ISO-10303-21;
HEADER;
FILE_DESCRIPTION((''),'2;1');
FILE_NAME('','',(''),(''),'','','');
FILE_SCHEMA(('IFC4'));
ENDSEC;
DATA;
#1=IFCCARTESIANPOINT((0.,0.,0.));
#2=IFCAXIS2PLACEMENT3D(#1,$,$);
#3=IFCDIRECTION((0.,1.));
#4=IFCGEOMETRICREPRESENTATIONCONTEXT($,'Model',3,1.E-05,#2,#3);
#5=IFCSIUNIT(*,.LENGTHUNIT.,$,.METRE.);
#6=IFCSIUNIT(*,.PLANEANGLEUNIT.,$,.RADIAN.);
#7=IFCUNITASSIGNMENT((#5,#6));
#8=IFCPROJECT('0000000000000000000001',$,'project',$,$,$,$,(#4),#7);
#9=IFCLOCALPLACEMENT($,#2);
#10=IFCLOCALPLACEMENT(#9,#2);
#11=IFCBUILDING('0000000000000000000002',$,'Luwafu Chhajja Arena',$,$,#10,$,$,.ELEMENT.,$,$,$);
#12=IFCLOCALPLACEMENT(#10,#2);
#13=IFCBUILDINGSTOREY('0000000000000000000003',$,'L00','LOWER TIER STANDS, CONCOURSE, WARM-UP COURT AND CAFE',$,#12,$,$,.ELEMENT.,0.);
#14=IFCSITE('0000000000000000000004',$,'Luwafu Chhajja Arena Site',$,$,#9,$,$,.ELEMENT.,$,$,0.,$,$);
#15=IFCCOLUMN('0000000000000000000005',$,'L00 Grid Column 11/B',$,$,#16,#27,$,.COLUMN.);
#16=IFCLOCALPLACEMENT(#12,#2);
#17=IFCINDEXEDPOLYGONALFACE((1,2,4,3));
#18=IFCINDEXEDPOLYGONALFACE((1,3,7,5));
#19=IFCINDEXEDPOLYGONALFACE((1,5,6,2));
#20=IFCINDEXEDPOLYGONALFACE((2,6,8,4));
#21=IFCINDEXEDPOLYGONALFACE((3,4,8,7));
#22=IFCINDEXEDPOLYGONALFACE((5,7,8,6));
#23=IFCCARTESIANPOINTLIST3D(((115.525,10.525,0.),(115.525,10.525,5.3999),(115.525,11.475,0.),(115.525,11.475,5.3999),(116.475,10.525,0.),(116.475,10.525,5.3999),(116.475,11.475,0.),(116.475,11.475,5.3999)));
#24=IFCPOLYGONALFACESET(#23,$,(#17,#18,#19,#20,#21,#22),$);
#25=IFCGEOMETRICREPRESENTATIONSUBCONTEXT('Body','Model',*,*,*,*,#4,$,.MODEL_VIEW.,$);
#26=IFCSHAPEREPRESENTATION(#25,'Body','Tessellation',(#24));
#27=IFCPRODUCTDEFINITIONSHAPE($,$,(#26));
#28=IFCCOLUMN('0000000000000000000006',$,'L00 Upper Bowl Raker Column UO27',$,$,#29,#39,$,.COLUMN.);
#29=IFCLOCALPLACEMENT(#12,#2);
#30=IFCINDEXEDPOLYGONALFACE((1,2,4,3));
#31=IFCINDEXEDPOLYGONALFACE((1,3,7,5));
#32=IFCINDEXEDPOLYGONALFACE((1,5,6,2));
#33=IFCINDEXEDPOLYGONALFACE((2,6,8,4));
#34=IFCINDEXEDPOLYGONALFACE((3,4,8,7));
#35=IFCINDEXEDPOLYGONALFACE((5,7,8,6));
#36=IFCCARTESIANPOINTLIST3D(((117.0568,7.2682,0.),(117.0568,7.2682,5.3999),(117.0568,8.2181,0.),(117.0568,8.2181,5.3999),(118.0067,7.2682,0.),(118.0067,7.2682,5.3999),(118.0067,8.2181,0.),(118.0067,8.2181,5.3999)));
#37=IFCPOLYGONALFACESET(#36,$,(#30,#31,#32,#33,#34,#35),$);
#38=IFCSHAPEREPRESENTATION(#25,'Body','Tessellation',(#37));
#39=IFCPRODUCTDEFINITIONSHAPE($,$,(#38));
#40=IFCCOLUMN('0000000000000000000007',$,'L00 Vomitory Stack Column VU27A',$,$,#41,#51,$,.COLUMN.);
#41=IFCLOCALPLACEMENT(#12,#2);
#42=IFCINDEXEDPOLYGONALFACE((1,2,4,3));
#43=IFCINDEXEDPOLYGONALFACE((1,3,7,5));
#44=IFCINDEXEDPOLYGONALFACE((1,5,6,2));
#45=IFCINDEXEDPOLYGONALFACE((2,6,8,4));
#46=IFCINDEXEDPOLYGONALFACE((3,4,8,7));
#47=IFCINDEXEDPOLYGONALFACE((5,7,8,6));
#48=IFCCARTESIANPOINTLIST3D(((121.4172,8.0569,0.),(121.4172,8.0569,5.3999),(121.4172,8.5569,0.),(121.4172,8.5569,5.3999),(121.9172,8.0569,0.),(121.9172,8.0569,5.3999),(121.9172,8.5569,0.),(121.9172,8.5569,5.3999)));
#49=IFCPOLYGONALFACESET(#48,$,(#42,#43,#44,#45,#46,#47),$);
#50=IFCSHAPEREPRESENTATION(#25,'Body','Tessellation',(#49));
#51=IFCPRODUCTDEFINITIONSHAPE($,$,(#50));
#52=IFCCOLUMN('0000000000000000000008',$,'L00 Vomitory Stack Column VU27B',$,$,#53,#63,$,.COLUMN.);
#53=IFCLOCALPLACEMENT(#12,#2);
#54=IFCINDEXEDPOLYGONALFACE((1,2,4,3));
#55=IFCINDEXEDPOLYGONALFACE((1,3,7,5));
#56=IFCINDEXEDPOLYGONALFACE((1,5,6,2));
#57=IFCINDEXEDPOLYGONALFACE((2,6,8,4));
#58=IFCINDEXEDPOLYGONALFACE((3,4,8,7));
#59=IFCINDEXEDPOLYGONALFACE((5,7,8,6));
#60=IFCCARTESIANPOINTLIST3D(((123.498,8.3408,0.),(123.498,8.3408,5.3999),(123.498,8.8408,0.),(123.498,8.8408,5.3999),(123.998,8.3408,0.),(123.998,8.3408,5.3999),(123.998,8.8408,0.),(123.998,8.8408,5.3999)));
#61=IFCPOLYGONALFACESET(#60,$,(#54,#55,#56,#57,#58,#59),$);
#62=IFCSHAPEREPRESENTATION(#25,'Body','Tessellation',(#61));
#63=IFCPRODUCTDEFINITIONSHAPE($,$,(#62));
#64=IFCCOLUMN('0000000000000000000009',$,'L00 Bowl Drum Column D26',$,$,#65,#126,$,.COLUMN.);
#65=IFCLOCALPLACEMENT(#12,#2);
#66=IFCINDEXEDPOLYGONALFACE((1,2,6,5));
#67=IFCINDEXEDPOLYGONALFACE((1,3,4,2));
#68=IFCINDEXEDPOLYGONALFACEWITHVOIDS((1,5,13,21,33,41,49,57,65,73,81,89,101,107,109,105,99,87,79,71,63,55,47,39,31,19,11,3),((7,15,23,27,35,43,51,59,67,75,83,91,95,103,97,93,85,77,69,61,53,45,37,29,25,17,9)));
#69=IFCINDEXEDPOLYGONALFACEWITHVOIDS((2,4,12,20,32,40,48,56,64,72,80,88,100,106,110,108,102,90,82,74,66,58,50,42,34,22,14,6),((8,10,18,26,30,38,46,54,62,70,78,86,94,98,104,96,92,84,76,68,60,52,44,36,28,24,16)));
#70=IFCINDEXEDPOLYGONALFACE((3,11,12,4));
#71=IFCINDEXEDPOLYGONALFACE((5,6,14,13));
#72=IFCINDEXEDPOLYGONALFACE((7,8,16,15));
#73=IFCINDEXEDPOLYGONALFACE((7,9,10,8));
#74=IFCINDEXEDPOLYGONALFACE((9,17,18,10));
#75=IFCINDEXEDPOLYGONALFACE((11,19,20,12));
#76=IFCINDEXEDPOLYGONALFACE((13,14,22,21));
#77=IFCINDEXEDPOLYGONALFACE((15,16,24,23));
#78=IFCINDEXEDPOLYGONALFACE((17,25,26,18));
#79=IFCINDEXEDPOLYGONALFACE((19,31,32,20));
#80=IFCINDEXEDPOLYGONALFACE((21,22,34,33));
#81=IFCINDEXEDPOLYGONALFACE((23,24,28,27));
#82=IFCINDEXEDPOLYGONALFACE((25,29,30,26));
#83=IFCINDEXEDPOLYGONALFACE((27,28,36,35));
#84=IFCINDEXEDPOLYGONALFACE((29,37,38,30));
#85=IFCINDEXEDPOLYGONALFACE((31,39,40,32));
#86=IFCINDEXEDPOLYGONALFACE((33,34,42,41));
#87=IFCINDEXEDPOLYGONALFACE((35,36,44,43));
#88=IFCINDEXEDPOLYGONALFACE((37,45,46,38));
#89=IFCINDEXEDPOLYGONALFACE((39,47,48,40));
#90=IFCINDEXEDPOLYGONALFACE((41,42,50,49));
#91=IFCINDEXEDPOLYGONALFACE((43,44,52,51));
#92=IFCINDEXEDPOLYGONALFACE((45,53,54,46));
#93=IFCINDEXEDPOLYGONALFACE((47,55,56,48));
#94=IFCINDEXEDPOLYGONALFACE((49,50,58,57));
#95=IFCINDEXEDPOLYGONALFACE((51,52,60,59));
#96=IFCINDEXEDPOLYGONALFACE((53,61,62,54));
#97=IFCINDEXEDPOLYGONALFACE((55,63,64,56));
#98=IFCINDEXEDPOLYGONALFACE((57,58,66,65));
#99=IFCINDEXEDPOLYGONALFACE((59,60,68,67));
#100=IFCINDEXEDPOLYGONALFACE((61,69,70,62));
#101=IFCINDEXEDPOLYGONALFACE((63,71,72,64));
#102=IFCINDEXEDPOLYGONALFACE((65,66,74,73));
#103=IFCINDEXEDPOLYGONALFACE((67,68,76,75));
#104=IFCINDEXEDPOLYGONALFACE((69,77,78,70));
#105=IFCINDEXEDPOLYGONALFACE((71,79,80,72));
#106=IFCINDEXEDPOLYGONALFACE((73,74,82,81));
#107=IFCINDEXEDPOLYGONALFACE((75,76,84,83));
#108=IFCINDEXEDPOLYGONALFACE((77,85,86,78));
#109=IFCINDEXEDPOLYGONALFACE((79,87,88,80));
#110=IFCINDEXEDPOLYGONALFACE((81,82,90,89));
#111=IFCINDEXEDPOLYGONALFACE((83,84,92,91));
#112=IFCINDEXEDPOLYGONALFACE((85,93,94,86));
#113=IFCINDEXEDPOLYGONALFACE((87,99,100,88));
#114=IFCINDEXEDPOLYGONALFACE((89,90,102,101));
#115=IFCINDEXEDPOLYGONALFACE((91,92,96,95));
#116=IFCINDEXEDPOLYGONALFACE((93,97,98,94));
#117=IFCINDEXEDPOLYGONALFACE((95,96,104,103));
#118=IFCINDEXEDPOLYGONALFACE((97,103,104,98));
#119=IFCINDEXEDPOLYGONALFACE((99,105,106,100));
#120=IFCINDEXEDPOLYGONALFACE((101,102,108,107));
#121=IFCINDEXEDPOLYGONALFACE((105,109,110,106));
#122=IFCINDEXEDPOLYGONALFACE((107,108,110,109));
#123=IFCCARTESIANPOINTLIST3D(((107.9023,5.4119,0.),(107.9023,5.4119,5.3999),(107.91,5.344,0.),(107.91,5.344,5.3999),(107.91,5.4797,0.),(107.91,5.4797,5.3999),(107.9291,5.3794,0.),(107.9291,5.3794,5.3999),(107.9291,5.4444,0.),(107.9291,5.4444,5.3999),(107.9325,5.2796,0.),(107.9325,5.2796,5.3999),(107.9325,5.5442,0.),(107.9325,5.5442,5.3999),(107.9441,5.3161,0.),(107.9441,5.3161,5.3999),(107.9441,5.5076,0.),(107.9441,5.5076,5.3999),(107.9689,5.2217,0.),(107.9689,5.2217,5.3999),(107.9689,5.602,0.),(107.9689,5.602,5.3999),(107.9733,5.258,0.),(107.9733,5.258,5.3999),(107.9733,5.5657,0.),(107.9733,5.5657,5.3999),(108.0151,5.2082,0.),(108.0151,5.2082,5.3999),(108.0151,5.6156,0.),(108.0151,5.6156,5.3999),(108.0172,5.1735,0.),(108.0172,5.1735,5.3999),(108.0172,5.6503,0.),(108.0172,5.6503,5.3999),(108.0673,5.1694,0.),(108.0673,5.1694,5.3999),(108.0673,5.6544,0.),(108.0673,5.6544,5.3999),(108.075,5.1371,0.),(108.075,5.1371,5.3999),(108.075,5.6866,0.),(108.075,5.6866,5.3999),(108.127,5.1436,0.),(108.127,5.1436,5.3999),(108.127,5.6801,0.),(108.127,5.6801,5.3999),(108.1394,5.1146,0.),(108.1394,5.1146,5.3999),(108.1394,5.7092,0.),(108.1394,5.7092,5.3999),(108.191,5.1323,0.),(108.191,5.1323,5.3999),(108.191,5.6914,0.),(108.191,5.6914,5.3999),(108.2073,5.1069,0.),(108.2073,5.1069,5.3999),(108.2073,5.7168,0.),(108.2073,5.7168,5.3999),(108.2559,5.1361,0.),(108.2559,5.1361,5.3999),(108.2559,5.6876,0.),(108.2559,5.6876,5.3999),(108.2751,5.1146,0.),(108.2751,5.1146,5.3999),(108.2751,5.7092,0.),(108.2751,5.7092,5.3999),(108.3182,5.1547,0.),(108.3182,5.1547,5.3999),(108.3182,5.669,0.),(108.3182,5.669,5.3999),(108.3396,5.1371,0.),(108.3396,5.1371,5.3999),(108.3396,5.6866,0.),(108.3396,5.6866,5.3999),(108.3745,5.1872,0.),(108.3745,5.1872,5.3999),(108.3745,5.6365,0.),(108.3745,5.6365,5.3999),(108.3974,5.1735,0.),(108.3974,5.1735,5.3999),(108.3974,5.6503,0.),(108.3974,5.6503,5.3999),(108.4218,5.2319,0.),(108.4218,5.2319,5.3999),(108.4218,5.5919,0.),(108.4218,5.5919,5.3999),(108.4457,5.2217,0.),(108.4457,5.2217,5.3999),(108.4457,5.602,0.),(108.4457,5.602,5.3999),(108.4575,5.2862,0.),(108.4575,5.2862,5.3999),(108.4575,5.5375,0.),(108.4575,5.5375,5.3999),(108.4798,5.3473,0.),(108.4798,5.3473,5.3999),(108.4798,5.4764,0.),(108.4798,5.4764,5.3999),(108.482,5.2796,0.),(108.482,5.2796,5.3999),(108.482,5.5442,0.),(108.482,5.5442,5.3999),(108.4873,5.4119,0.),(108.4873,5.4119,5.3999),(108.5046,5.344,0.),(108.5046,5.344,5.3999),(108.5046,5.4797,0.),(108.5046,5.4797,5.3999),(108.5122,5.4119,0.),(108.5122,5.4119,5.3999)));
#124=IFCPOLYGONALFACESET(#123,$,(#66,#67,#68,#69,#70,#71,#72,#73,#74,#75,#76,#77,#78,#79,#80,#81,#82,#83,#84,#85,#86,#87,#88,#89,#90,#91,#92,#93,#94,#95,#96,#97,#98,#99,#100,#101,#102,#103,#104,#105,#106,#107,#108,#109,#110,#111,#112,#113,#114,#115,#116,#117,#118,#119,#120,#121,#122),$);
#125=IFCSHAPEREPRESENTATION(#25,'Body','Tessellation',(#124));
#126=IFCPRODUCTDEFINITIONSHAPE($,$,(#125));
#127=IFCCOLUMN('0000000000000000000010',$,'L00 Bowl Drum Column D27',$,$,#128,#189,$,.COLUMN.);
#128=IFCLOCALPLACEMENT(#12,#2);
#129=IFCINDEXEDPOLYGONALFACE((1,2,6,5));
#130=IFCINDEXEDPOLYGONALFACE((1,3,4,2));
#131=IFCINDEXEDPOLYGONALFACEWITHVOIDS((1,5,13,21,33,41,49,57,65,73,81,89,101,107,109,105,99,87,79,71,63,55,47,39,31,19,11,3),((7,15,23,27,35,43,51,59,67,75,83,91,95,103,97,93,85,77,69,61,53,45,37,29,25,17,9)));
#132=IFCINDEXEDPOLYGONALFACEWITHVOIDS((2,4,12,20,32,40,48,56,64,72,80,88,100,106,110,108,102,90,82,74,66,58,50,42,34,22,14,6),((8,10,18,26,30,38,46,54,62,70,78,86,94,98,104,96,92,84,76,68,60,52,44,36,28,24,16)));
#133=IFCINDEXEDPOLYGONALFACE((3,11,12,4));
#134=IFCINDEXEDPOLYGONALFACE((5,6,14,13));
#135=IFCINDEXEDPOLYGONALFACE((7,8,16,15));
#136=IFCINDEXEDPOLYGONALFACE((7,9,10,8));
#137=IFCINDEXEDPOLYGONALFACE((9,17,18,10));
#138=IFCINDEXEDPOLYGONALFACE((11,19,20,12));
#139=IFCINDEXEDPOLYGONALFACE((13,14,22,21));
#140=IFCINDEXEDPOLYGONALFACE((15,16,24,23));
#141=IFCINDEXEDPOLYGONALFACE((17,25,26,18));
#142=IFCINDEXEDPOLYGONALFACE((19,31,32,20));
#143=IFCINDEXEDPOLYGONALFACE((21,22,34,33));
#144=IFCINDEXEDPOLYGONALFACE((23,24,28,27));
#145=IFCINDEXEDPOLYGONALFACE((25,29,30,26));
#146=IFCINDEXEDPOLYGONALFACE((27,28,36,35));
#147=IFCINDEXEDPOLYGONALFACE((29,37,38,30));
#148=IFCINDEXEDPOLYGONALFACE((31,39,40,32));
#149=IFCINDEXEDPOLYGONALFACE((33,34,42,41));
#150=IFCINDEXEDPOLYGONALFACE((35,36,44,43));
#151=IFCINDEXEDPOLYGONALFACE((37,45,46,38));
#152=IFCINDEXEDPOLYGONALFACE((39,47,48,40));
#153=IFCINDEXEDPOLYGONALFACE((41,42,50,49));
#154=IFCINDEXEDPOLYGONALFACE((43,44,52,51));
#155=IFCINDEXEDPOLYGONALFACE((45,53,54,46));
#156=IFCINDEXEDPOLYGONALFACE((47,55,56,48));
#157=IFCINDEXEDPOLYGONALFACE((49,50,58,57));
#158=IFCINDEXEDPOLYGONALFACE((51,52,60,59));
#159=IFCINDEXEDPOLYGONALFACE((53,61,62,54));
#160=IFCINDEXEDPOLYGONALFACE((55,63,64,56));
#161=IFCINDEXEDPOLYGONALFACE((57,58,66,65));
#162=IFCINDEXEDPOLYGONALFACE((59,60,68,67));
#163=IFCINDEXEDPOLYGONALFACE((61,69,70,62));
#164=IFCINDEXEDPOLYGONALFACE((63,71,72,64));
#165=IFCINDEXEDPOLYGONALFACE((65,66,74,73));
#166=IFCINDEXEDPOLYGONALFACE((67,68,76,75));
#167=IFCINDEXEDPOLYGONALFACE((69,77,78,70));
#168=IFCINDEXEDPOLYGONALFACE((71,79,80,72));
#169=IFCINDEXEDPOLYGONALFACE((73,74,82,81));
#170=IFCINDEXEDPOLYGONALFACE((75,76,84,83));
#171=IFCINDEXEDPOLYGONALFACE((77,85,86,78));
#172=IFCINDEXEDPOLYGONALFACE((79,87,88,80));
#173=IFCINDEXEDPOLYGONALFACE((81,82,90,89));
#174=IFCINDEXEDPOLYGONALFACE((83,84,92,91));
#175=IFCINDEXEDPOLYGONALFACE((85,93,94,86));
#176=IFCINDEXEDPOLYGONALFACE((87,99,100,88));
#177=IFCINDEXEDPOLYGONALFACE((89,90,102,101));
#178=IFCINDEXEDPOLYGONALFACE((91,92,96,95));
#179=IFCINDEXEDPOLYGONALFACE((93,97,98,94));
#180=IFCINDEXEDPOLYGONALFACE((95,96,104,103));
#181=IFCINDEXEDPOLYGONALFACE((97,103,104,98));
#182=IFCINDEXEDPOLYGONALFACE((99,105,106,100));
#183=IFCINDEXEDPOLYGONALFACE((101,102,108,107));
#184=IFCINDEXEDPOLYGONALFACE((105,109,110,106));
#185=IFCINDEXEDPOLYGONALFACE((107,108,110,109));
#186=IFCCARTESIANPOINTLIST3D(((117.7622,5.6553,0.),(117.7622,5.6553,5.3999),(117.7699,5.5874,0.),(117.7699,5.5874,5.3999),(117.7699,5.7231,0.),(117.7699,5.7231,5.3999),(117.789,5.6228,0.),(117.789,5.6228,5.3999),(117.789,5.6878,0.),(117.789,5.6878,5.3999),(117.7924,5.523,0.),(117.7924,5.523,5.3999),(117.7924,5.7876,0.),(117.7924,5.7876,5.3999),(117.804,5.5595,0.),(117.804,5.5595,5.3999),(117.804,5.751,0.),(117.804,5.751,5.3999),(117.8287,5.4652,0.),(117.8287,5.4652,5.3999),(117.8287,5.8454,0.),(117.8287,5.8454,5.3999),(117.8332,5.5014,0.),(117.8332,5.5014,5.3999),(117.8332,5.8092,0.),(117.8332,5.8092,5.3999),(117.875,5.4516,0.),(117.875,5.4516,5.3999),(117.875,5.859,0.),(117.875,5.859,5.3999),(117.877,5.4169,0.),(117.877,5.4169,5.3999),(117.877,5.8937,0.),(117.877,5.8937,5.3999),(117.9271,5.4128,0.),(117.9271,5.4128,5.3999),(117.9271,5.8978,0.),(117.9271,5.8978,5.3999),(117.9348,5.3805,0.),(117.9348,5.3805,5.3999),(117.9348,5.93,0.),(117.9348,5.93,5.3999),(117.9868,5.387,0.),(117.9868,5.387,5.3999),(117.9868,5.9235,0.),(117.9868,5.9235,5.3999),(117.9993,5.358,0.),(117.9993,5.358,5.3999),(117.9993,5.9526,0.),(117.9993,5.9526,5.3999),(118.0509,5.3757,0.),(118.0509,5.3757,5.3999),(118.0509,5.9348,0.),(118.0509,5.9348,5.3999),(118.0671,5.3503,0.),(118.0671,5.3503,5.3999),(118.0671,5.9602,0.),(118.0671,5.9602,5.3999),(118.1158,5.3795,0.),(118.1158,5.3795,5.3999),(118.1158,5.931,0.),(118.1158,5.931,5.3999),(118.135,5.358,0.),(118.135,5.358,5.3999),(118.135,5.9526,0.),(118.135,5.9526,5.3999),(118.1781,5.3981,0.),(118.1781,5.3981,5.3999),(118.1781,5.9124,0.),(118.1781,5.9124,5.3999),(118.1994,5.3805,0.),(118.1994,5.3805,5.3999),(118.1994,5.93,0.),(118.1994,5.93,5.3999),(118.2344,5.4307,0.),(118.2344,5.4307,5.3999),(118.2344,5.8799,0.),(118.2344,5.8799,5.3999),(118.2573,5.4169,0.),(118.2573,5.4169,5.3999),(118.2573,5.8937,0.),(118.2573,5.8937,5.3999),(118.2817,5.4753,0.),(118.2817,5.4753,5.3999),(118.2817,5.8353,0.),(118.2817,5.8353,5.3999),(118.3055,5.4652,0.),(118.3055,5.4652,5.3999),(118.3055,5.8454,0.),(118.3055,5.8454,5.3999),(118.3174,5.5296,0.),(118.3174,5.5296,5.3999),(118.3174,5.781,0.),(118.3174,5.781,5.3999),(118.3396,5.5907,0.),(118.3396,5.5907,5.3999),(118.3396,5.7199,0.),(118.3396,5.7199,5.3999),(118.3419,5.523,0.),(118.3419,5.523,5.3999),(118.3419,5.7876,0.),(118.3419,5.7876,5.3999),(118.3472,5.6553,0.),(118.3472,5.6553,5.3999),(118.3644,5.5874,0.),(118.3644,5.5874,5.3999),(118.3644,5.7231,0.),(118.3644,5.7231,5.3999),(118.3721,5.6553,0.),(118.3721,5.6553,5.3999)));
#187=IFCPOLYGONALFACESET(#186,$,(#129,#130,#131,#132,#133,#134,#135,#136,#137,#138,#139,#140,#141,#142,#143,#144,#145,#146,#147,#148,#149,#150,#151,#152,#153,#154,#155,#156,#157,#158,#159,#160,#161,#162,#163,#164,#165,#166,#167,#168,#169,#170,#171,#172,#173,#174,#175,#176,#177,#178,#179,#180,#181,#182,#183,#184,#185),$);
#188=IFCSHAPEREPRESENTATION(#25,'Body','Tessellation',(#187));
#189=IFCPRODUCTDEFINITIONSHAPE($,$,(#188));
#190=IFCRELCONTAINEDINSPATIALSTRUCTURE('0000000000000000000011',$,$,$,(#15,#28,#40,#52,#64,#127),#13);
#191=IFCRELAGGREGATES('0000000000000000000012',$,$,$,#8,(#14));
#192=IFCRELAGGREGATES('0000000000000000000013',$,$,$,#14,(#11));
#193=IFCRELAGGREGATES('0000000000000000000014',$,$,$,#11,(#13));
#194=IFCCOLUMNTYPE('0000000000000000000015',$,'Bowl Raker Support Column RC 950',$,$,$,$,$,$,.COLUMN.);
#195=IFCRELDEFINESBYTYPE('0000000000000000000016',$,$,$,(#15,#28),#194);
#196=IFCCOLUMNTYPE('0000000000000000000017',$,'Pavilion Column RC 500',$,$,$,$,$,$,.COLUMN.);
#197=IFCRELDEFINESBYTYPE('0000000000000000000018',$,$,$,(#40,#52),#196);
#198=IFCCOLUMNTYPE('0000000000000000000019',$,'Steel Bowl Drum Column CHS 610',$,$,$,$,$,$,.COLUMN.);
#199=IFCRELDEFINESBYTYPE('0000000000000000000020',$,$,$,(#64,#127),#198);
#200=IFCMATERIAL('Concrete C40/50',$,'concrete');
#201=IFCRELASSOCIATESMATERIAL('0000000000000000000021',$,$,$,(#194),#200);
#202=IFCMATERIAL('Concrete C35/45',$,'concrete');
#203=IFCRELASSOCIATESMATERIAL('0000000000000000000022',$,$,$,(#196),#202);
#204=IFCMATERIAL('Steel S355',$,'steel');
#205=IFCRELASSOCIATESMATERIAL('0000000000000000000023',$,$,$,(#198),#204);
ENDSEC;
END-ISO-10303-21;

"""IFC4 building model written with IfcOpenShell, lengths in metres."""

from ifc_helpers import new_model, si_unit, direction, frame, origin, origin_2d, place, context, subcontext, project, spatial, rectangle, hollow_circle, extrude, material, material_profile, profile_set, type_object, element, save


model = new_model("IFC4")

# Units and contexts
model_context = context("Model", 3, precision=1e-05, world=origin(), true_north=direction((0.0, 1.0)))
body_context = subcontext(model_context, "Body", "Model", "MODEL_VIEW")
ifc_project = project(units=[si_unit("LENGTHUNIT", "METRE"), si_unit("PLANEANGLEUNIT", "RADIAN")], contexts=[model_context])

# Site, building, storey
site_placement = place(None, origin())
site = spatial("IfcSite", under=ifc_project, at=site_placement, Name="Luwafu Chhajja Arena Site", CompositionType="ELEMENT", RefElevation=0.0)
building_placement = place(site_placement, origin())
building = spatial("IfcBuilding", under=site, at=building_placement, Name="Luwafu Chhajja Arena", CompositionType="ELEMENT")
storey_placement = place(building_placement, origin())
storey = spatial("IfcBuildingStorey", under=building, at=storey_placement, Name="L00", Description="LOWER TIER STANDS, CONCOURSE, WARM-UP COURT AND CAFE", CompositionType="ELEMENT", Elevation=0.0)

# Columns
ifc_material_1 = material(Name="Concrete C40/50", Category="concrete")
ifc_material_profile_1 = material_profile(ifc_material_1, rectangle(XDim=0.95, YDim=0.95, at=origin_2d()), Name="RC 950x950")
ifc_profile_set_1 = profile_set([ifc_material_profile_1], Name="Concrete C40/50")
column_type_1 = type_object("IfcColumnType", Name="Bowl Raker Support Column RC 950", PredefinedType="COLUMN", material=ifc_profile_set_1)
for number, where, z_axis, x_axis, name in (
    (1, (116.0, 11.0, 0.0), (0.0, 0.0, 1.0), (1.0, 0.0, 0.0), "L00 Grid Column 11/B"),
    (2, (117.5317, 7.7432, 0.0), (0.0, 0.0, 1.0), (1.0, 0.0, 0.0), "L00 Upper Bowl Raker Column UO27"),
):
    element("IfcColumn", number, at=place(storey_placement, frame(where, z_axis=z_axis, x_axis=x_axis)), inside=storey, type_object=column_type_1, Name=name, PredefinedType="COLUMN", context=body_context, shape_type="SweptSolid", body=[
        extrude(rectangle(XDim=0.95, YDim=0.95, at=origin_2d()), origin(), (0.0, 0.0, 1.0), 5.3999),
    ])
ifc_material_2 = material(Name="Concrete C35/45", Category="concrete")
ifc_material_profile_2 = material_profile(ifc_material_2, rectangle(XDim=0.5, YDim=0.5, at=origin_2d()), Name="RC 500x500")
ifc_profile_set_2 = profile_set([ifc_material_profile_2], Name="Concrete C35/45")
column_type_2 = type_object("IfcColumnType", Name="Pavilion Column RC 500", PredefinedType="COLUMN", material=ifc_profile_set_2)
for number, where, z_axis, x_axis, name in (
    (3, (121.6672, 8.3069, 0.0), (0.0, 0.0, 1.0), (1.0, 0.0, 0.0), "L00 Vomitory Stack Column VU27A"),
    (4, (123.748, 8.5908, 0.0), (0.0, 0.0, 1.0), (1.0, 0.0, 0.0), "L00 Vomitory Stack Column VU27B"),
):
    element("IfcColumn", number, at=place(storey_placement, frame(where, z_axis=z_axis, x_axis=x_axis)), inside=storey, type_object=column_type_2, Name=name, PredefinedType="COLUMN", context=body_context, shape_type="SweptSolid", body=[
        extrude(rectangle(XDim=0.5, YDim=0.5, at=origin_2d()), origin(), (0.0, 0.0, 1.0), 5.3999),
    ])
ifc_material_3 = material(Name="Steel S355", Category="steel")
ifc_material_profile_3 = material_profile(ifc_material_3, hollow_circle(Radius=0.3049, WallThickness=0.0249, at=origin_2d()), Name="CHS 610x25")
ifc_profile_set_3 = profile_set([ifc_material_profile_3], Name="Steel S355")
column_type_3 = type_object("IfcColumnType", Name="Steel Bowl Drum Column CHS 610", PredefinedType="COLUMN", material=ifc_profile_set_3)
for number, where, z_axis, x_axis, name in (
    (5, (108.2073, 5.4119, 0.0), (0.0, 0.0, 1.0), (1.0, 0.0, 0.0), "L00 Bowl Drum Column D26"),
    (6, (118.0671, 5.6553, 0.0), (0.0, 0.0, 1.0), (1.0, 0.0, 0.0), "L00 Bowl Drum Column D27"),
):
    element("IfcColumn", number, at=place(storey_placement, frame(where, z_axis=z_axis, x_axis=x_axis)), inside=storey, type_object=column_type_3, Name=name, PredefinedType="COLUMN", context=body_context, shape_type="SweptSolid", body=[
        extrude(hollow_circle(Radius=0.3049, WallThickness=0.0249, at=origin_2d()), origin(), (0.0, 0.0, 1.0), 5.3999),
    ])

save(model, "model.ifc")
